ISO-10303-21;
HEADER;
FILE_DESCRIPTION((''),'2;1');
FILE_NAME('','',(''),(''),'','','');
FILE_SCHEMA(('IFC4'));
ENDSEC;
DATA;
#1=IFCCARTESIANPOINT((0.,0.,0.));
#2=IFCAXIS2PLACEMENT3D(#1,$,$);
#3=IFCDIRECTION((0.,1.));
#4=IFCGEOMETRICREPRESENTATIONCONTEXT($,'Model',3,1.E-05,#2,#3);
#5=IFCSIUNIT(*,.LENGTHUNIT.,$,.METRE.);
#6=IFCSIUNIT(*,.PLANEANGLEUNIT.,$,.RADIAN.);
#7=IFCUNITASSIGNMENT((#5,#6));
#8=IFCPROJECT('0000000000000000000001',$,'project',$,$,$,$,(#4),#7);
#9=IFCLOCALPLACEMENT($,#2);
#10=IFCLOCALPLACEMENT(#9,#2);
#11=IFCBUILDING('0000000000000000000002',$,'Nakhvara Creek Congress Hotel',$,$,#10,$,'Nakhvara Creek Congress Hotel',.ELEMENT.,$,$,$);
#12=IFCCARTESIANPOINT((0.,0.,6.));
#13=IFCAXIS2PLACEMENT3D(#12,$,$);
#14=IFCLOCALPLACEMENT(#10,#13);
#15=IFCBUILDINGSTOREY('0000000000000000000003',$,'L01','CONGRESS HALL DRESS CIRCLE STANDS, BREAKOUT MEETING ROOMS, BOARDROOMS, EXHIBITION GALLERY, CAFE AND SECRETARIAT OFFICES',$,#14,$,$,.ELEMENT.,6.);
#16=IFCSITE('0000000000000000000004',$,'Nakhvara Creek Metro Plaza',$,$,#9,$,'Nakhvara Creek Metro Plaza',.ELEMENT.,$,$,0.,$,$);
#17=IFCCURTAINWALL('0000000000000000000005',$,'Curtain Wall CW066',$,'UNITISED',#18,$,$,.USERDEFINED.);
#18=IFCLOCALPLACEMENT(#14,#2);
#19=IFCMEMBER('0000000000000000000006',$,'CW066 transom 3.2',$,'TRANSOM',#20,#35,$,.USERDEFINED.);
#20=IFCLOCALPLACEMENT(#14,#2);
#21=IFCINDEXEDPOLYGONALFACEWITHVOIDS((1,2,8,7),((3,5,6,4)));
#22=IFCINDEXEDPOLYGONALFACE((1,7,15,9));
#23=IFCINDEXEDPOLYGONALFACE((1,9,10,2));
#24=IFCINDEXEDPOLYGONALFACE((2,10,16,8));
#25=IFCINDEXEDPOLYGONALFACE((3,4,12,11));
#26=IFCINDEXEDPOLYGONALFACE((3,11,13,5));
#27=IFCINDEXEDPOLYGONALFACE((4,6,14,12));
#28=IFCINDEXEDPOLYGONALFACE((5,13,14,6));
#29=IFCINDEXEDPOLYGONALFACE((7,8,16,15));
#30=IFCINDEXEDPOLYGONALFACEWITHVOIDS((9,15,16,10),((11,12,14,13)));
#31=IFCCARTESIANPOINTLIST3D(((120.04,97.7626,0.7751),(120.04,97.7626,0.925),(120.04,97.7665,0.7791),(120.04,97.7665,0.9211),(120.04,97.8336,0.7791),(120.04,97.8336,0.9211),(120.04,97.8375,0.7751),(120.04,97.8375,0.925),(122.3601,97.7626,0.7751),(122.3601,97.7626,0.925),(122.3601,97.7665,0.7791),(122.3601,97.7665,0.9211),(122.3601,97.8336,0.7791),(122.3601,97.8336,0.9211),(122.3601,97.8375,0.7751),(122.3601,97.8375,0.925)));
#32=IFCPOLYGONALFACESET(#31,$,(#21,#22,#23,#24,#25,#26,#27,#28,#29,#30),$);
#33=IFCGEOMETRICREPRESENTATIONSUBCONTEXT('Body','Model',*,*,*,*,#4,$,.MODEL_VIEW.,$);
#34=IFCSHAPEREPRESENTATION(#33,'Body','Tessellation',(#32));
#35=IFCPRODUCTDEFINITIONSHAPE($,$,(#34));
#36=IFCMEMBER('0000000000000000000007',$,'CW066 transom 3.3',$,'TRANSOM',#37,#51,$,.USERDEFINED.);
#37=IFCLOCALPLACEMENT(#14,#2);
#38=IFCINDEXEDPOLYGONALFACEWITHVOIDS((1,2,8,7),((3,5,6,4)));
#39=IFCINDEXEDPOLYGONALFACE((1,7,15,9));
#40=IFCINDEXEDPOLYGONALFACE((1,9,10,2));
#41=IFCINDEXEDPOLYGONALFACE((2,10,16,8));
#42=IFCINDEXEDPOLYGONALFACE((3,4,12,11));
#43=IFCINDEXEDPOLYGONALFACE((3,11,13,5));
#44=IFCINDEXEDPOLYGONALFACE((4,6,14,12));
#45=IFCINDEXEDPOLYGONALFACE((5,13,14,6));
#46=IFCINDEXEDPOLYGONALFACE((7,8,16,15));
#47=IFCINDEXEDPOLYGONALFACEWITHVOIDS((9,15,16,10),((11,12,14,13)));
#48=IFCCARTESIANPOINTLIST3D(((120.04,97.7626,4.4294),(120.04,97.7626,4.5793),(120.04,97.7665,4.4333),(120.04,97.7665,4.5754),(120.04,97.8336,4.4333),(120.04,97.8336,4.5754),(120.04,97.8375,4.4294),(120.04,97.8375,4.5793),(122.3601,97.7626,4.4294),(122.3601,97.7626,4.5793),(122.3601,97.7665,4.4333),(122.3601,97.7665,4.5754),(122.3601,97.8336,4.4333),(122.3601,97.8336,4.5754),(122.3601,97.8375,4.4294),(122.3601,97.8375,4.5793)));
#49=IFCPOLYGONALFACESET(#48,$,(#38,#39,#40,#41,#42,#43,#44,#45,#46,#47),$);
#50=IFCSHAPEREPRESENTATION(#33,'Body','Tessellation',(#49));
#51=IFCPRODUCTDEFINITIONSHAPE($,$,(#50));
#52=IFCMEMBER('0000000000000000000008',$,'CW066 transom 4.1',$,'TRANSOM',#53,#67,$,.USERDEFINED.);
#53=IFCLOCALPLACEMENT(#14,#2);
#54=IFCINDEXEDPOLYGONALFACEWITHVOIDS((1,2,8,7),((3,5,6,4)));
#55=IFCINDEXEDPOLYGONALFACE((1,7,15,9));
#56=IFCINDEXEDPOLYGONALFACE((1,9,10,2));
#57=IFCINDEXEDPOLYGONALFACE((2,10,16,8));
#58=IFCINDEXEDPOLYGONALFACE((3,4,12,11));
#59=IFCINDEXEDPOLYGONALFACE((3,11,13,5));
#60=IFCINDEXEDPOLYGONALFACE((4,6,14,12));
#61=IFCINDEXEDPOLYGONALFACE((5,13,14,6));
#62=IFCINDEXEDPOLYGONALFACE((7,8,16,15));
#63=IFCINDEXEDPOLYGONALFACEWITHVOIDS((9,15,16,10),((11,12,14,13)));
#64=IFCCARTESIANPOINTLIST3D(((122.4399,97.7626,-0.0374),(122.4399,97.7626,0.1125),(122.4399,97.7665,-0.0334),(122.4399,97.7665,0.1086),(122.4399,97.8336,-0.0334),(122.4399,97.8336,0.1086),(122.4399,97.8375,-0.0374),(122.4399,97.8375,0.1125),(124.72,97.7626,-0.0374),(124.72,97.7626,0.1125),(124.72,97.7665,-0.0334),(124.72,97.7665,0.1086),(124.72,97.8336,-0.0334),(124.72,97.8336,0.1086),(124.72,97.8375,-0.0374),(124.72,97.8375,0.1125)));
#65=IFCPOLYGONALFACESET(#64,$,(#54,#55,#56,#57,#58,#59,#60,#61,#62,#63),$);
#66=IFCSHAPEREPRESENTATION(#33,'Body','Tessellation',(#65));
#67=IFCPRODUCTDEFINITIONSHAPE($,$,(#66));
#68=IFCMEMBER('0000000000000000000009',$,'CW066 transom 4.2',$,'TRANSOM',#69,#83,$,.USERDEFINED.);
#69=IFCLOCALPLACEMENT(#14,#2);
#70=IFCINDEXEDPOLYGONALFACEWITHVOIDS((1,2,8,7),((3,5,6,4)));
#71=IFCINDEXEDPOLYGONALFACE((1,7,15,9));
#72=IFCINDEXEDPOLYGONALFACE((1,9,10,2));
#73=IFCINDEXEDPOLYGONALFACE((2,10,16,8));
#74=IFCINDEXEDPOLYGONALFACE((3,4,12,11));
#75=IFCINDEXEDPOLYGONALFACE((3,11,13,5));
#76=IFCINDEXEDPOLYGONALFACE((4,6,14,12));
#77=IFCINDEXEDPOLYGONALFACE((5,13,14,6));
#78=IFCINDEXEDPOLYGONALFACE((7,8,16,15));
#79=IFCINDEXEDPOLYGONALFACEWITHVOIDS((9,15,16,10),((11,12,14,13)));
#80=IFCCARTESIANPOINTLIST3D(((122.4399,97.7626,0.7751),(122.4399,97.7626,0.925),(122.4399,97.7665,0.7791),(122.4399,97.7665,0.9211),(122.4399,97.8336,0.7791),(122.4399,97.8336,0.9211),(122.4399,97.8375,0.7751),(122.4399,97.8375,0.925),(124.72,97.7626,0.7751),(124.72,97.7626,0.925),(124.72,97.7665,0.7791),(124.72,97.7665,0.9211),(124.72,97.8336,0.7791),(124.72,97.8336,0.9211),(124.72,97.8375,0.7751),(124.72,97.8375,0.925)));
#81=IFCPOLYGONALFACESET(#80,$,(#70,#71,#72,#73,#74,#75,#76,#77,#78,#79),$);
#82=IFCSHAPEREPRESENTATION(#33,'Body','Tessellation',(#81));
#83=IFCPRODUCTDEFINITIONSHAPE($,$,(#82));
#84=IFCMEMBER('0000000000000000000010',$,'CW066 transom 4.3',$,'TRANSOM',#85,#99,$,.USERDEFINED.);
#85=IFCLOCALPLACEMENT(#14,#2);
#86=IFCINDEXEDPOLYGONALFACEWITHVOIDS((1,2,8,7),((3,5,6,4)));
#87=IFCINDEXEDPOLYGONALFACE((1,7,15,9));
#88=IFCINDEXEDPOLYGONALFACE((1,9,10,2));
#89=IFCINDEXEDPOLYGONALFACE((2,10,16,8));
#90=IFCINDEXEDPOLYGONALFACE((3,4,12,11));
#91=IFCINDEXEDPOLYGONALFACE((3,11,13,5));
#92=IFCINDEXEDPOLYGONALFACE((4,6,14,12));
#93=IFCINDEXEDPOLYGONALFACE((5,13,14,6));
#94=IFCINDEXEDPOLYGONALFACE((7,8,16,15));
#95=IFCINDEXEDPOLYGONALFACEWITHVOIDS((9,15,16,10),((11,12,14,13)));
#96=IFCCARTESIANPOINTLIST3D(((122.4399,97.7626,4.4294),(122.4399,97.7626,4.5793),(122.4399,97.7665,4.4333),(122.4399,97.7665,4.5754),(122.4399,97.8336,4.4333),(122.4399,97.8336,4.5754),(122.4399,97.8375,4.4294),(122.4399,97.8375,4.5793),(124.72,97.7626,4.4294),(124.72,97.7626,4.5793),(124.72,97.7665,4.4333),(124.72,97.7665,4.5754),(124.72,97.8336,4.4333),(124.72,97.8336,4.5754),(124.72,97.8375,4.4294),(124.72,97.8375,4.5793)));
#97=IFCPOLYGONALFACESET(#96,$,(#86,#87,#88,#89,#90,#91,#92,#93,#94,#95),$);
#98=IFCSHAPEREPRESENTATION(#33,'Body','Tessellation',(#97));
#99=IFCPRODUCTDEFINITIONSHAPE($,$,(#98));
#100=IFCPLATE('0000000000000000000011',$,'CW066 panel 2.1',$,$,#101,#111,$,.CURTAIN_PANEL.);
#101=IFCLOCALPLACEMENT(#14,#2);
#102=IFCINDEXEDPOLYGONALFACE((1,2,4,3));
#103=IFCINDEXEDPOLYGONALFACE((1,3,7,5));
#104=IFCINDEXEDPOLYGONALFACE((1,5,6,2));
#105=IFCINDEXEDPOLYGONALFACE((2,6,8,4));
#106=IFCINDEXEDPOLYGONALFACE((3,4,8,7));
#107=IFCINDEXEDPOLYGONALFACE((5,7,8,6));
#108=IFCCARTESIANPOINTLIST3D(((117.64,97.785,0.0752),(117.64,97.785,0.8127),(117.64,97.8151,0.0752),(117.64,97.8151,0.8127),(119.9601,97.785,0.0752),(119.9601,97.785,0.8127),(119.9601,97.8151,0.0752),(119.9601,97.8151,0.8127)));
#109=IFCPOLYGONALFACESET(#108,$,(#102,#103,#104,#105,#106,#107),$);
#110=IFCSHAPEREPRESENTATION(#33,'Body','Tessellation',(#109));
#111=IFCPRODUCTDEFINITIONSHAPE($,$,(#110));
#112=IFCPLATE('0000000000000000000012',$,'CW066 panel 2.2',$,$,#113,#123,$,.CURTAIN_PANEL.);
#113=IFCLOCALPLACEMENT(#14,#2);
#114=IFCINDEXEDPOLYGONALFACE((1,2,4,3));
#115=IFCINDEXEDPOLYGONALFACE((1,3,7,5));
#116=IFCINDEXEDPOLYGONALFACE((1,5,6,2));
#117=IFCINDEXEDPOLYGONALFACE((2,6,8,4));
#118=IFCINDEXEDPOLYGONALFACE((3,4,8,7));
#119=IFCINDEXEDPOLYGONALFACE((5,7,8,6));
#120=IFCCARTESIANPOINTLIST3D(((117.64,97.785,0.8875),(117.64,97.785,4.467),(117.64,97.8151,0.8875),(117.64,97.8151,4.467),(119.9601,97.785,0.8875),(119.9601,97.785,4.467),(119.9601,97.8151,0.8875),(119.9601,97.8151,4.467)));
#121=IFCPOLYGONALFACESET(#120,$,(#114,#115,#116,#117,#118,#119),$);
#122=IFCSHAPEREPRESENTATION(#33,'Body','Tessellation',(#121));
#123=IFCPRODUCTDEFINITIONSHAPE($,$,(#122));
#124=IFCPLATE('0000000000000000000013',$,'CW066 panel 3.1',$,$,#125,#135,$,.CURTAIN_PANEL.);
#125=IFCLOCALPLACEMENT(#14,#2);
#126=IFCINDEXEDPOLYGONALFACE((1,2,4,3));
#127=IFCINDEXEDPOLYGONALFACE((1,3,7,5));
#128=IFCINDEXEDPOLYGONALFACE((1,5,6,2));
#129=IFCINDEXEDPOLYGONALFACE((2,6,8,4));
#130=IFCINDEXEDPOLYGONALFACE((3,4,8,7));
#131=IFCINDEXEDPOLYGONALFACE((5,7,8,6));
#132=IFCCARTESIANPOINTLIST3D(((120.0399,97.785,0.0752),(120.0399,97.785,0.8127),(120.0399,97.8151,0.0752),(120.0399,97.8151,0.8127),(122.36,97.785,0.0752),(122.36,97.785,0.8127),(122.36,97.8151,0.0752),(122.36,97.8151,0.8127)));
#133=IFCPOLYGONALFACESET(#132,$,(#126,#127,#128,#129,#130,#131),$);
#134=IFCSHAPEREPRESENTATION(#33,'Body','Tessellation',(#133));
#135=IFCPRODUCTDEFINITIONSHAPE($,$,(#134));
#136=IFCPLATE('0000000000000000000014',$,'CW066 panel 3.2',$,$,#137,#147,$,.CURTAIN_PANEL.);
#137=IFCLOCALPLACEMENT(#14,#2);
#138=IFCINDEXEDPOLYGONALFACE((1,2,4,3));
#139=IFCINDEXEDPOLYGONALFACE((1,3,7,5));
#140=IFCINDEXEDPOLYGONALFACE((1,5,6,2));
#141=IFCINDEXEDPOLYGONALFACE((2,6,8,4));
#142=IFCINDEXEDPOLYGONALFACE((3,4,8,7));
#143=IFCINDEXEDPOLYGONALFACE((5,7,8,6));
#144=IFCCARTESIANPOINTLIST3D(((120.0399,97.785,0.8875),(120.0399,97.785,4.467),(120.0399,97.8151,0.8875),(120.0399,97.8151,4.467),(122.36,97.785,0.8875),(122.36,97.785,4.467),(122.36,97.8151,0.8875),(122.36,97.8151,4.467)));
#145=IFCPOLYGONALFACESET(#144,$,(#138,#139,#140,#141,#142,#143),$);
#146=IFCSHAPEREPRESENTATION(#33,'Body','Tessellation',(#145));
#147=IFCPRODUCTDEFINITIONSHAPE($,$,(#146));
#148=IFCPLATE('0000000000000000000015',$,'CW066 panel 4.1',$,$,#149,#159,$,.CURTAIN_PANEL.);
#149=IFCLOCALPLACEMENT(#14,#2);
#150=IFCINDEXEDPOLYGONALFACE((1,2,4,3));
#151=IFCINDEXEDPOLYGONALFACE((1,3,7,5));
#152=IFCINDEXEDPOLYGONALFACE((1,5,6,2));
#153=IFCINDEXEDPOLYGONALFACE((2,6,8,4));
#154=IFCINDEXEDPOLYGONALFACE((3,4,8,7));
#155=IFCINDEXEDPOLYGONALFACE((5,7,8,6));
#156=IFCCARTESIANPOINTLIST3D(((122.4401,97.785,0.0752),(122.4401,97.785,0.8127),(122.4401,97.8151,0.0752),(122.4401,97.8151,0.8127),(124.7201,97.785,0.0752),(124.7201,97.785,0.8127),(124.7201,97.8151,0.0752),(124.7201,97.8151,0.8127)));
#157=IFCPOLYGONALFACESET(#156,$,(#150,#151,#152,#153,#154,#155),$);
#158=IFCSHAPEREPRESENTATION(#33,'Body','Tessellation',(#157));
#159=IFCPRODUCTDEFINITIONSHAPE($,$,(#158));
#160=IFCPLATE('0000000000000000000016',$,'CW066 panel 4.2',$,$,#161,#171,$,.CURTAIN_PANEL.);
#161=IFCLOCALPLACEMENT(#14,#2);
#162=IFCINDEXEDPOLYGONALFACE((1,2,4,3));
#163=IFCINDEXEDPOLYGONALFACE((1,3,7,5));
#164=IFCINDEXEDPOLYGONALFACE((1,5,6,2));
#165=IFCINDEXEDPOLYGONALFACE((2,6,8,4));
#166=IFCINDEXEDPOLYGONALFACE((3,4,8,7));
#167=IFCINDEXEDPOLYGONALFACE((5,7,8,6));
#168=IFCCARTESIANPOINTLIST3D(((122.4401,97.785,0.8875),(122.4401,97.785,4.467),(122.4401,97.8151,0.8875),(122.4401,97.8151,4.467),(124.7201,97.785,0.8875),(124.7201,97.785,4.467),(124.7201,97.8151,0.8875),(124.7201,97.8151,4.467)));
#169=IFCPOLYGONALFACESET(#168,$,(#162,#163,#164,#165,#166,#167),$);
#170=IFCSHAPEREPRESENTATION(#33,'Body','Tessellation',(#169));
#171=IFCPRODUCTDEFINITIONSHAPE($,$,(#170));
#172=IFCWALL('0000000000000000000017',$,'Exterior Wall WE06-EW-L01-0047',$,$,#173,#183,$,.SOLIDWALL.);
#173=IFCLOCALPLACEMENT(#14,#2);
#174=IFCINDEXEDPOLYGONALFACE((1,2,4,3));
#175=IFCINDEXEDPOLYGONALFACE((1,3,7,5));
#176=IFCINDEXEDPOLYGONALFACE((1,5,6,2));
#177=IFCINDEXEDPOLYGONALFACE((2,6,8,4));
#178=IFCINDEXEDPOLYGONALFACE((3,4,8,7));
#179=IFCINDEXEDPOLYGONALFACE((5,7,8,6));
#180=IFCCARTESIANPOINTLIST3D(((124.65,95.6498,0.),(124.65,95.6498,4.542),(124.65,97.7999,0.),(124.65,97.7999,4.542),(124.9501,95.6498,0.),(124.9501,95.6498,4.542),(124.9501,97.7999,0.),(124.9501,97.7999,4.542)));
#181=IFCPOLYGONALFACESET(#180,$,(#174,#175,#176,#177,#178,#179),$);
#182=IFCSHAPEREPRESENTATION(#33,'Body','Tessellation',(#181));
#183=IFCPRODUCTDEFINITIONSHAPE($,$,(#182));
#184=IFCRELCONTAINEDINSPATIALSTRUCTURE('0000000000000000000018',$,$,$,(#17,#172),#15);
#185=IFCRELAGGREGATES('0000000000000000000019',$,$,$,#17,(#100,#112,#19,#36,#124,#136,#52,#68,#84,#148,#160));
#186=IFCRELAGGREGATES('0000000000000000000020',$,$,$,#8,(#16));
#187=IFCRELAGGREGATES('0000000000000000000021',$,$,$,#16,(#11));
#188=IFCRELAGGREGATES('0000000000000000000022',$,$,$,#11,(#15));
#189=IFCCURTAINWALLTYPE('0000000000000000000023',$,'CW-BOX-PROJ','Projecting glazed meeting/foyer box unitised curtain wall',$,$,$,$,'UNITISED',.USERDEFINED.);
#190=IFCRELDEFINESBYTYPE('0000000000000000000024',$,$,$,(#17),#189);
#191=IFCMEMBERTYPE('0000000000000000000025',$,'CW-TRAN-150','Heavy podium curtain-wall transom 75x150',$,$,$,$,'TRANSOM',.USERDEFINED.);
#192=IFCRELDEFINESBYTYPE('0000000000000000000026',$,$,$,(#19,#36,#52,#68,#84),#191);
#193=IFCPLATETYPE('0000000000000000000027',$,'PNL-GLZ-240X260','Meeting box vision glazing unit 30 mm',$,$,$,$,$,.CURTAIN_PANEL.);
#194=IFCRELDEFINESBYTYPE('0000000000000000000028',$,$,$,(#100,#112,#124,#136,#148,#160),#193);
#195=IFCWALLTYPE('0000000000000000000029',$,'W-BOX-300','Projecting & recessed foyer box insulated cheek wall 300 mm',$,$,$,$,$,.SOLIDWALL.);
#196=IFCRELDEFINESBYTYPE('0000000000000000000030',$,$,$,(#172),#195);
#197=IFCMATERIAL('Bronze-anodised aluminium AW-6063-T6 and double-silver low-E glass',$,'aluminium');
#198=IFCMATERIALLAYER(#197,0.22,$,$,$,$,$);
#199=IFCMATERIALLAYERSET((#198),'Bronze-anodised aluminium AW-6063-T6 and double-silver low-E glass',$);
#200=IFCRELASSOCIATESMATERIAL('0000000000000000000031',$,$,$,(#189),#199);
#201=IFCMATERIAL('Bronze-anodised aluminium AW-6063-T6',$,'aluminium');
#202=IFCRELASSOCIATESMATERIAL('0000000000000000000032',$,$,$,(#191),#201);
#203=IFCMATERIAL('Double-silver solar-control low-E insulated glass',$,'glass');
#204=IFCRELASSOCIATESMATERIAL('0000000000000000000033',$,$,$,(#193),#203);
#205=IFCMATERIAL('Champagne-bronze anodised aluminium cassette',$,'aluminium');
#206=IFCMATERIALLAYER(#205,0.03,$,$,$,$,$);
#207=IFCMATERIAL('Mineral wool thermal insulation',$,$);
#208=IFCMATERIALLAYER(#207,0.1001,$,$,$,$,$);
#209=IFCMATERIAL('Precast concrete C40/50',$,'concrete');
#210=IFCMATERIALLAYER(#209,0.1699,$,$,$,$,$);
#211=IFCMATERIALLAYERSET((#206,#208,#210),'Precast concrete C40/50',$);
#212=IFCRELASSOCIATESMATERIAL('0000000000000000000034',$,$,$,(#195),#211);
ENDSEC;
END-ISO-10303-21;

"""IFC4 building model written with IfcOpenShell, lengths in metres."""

from ifc_helpers import new_model, si_unit, direction, frame, frame_2d, origin, origin_2d, place, context, subcontext, project, spatial, rectangle, hollow_rectangle, extrude, material, layer, layer_set, material_profile, profile_set, type_object, element, aggregate, save


model = new_model("IFC4")

# Units and contexts
model_context = context("Model", 3, precision=1e-05, world=origin(), true_north=direction((0.0, 1.0)))
body_context = subcontext(model_context, "Body", "Model", "MODEL_VIEW")
ifc_project = project(units=[si_unit("LENGTHUNIT", "METRE"), si_unit("PLANEANGLEUNIT", "RADIAN")], contexts=[model_context])

# Site, building, storey
site_placement = place(None, origin())
site = spatial("IfcSite", under=ifc_project, at=site_placement, Name="Nakhvara Creek Metro Plaza", LongName="Nakhvara Creek Metro Plaza", CompositionType="ELEMENT", RefElevation=0.0)
building_placement = place(site_placement, origin())
building = spatial("IfcBuilding", under=site, at=building_placement, Name="Nakhvara Creek Congress Hotel", LongName="Nakhvara Creek Congress Hotel", CompositionType="ELEMENT")
storey_placement = place(building_placement, frame((0.0, 0.0, 6.0)))
storey = spatial("IfcBuildingStorey", under=building, at=storey_placement, Name="L01", Description="CONGRESS HALL DRESS CIRCLE STANDS, BREAKOUT MEETING ROOMS, BOARDROOMS, EXHIBITION GALLERY, CAFE AND SECRETARIAT OFFICES", CompositionType="ELEMENT", Elevation=6.0)

# Curtain wall, members, plates
ifc_material_1 = material(Name="Bronze-anodised aluminium AW-6063-T6 and double-silver low-E glass", Category="aluminium")
ifc_layer_1 = layer(ifc_material_1, 0.22)
ifc_layer_set_1 = layer_set([ifc_layer_1], Name="Bronze-anodised aluminium AW-6063-T6 and double-silver low-E glass")
curtain_wall_type = type_object("IfcCurtainWallType", Name="CW-BOX-PROJ", Description="Projecting glazed meeting/foyer box unitised curtain wall", ElementType="UNITISED", PredefinedType="USERDEFINED", material=ifc_layer_set_1)
curtain_wall_placement = place(storey_placement, origin())
curtain_wall = element("IfcCurtainWall", 1, at=curtain_wall_placement, inside=storey, type_object=curtain_wall_type, Name="Curtain Wall CW066", ObjectType="UNITISED", PredefinedType="USERDEFINED")
ifc_material_2 = material(Name="Bronze-anodised aluminium AW-6063-T6", Category="aluminium")
ifc_material_profile_1 = material_profile(ifc_material_2, hollow_rectangle(XDim=0.075, YDim=0.1499, WallThickness=0.0039, at=origin_2d()), Name="ALU-TRAN 75x150x4", Category="LoadBearing")
ifc_profile_set_1 = profile_set([ifc_material_profile_1], Name="Bronze-anodised aluminium AW-6063-T6")
member_type_1 = type_object("IfcMemberType", Name="CW-TRAN-150", Description="Heavy podium curtain-wall transom 75x150", ElementType="TRANSOM", PredefinedType="USERDEFINED", material=ifc_profile_set_1)
member_1_placement = place(storey_placement, frame((120.04, 97.8, 0.8501), z_axis=(1.0, 0.0, 0.0), x_axis=(0.0, 1.0, 0.0)))
member_1 = element("IfcMember", 2, at=member_1_placement, type_object=member_type_1, Name="CW066 transom 3.2", ObjectType="TRANSOM", PredefinedType="USERDEFINED", context=body_context, shape_type="SweptSolid", body=[
    extrude(hollow_rectangle(XDim=0.075, YDim=0.1499, WallThickness=0.0039, at=origin_2d()), origin(), (0.0, 0.0, 1.0), 2.3201),
])
member_2_placement = place(storey_placement, frame((120.04, 97.8, 4.5044), z_axis=(1.0, 0.0, 0.0), x_axis=(0.0, 1.0, 0.0)))
member_2 = element("IfcMember", 3, at=member_2_placement, type_object=member_type_1, Name="CW066 transom 3.3", ObjectType="TRANSOM", PredefinedType="USERDEFINED", context=body_context, shape_type="SweptSolid", body=[
    extrude(hollow_rectangle(XDim=0.075, YDim=0.1499, WallThickness=0.0039, at=origin_2d()), origin(), (0.0, 0.0, 1.0), 2.3201),
])
member_3_placement = place(storey_placement, frame((122.4399, 97.8, 0.0376), z_axis=(1.0, 0.0, 0.0), x_axis=(0.0, 1.0, 0.0)))
member_3 = element("IfcMember", 4, at=member_3_placement, type_object=member_type_1, Name="CW066 transom 4.1", ObjectType="TRANSOM", PredefinedType="USERDEFINED", context=body_context, shape_type="SweptSolid", body=[
    extrude(hollow_rectangle(XDim=0.075, YDim=0.1499, WallThickness=0.0039, at=origin_2d()), origin(), (0.0, 0.0, 1.0), 2.28),
])
member_4_placement = place(storey_placement, frame((122.4399, 97.8, 0.8501), z_axis=(1.0, 0.0, 0.0), x_axis=(0.0, 1.0, 0.0)))
member_4 = element("IfcMember", 5, at=member_4_placement, type_object=member_type_1, Name="CW066 transom 4.2", ObjectType="TRANSOM", PredefinedType="USERDEFINED", context=body_context, shape_type="SweptSolid", body=[
    extrude(hollow_rectangle(XDim=0.075, YDim=0.1499, WallThickness=0.0039, at=origin_2d()), origin(), (0.0, 0.0, 1.0), 2.28),
])
member_5_placement = place(storey_placement, frame((122.4399, 97.8, 4.5044), z_axis=(1.0, 0.0, 0.0), x_axis=(0.0, 1.0, 0.0)))
member_5 = element("IfcMember", 6, at=member_5_placement, type_object=member_type_1, Name="CW066 transom 4.3", ObjectType="TRANSOM", PredefinedType="USERDEFINED", context=body_context, shape_type="SweptSolid", body=[
    extrude(hollow_rectangle(XDim=0.075, YDim=0.1499, WallThickness=0.0039, at=origin_2d()), origin(), (0.0, 0.0, 1.0), 2.28),
])
ifc_material_3 = material(Name="Double-silver solar-control low-E insulated glass", Category="glass")
plate_type = type_object("IfcPlateType", Name="PNL-GLZ-240X260", Description="Meeting box vision glazing unit 30 mm", PredefinedType="CURTAIN_PANEL", material=ifc_material_3)
plate_1_placement = place(storey_placement, frame((118.8, 97.8, 0.0752), z_axis=(0.0, 0.0, 1.0), x_axis=(1.0, 0.0, 0.0)))
plate_1 = element("IfcPlate", 7, at=plate_1_placement, type_object=plate_type, Name="CW066 panel 2.1", PredefinedType="CURTAIN_PANEL", context=body_context, shape_type="SweptSolid", body=[
    extrude(rectangle(XDim=2.3201, YDim=0.03, at=origin_2d()), origin(), (0.0, 0.0, 1.0), 0.7375),
])
plate_2_placement = place(storey_placement, frame((118.8, 97.8, 0.8875), z_axis=(0.0, 0.0, 1.0), x_axis=(1.0, 0.0, 0.0)))
plate_2 = element("IfcPlate", 8, at=plate_2_placement, type_object=plate_type, Name="CW066 panel 2.2", PredefinedType="CURTAIN_PANEL", context=body_context, shape_type="SweptSolid", body=[
    extrude(rectangle(XDim=2.3201, YDim=0.03, at=origin_2d()), origin(), (0.0, 0.0, 1.0), 3.5796),
])
plate_3_placement = place(storey_placement, frame((121.2, 97.8, 0.0752), z_axis=(0.0, 0.0, 1.0), x_axis=(1.0, 0.0, 0.0)))
plate_3 = element("IfcPlate", 9, at=plate_3_placement, type_object=plate_type, Name="CW066 panel 3.1", PredefinedType="CURTAIN_PANEL", context=body_context, shape_type="SweptSolid", body=[
    extrude(rectangle(XDim=2.3201, YDim=0.03, at=origin_2d()), origin(), (0.0, 0.0, 1.0), 0.7375),
])
plate_4_placement = place(storey_placement, frame((121.2, 97.8, 0.8875), z_axis=(0.0, 0.0, 1.0), x_axis=(1.0, 0.0, 0.0)))
plate_4 = element("IfcPlate", 10, at=plate_4_placement, type_object=plate_type, Name="CW066 panel 3.2", PredefinedType="CURTAIN_PANEL", context=body_context, shape_type="SweptSolid", body=[
    extrude(rectangle(XDim=2.3201, YDim=0.03, at=origin_2d()), origin(), (0.0, 0.0, 1.0), 3.5796),
])
plate_5_placement = place(storey_placement, frame((123.5801, 97.8, 0.0752), z_axis=(0.0, 0.0, 1.0), x_axis=(1.0, 0.0, 0.0)))
plate_5 = element("IfcPlate", 11, at=plate_5_placement, type_object=plate_type, Name="CW066 panel 4.1", PredefinedType="CURTAIN_PANEL", context=body_context, shape_type="SweptSolid", body=[
    extrude(rectangle(XDim=2.28, YDim=0.03, at=origin_2d()), origin(), (0.0, 0.0, 1.0), 0.7375),
])
plate_6_placement = place(storey_placement, frame((123.5801, 97.8, 0.8875), z_axis=(0.0, 0.0, 1.0), x_axis=(1.0, 0.0, 0.0)))
plate_6 = element("IfcPlate", 12, at=plate_6_placement, type_object=plate_type, Name="CW066 panel 4.2", PredefinedType="CURTAIN_PANEL", context=body_context, shape_type="SweptSolid", body=[
    extrude(rectangle(XDim=2.28, YDim=0.03, at=origin_2d()), origin(), (0.0, 0.0, 1.0), 3.5796),
])
aggregate(curtain_wall, [plate_1, plate_2, member_1, member_2, plate_3, plate_4, member_3, member_4, member_5, plate_5, plate_6])

# Wall
ifc_material_4 = material(Name="Champagne-bronze anodised aluminium cassette", Category="aluminium")
ifc_layer_2 = layer(ifc_material_4, 0.03)
ifc_material_5 = material(Name="Mineral wool thermal insulation")
ifc_layer_3 = layer(ifc_material_5, 0.1001)
ifc_material_6 = material(Name="Precast concrete C40/50", Category="concrete")
ifc_layer_4 = layer(ifc_material_6, 0.1699)
ifc_layer_set_2 = layer_set([ifc_layer_2, ifc_layer_3, ifc_layer_4], Name="Precast concrete C40/50")
wall_type = type_object("IfcWallType", Name="W-BOX-300", Description="Projecting & recessed foyer box insulated cheek wall 300 mm", PredefinedType="SOLIDWALL", material=ifc_layer_set_2)
wall_placement = place(storey_placement, frame((124.8, 97.8, 0.0), z_axis=(0.0, 0.0, 1.0), x_axis=(0.0, -1.0, 0.0)))
element("IfcWall", 13, at=wall_placement, inside=storey, type_object=wall_type, Name="Exterior Wall WE06-EW-L01-0047", PredefinedType="SOLIDWALL", context=body_context, shape_type="SweptSolid", body=[
    extrude(rectangle(XDim=2.1501, YDim=0.3, at=frame_2d((1.0752, 0.0))), origin(), (0.0, 0.0, 1.0), 4.542),
])

save(model, "model.ifc")
